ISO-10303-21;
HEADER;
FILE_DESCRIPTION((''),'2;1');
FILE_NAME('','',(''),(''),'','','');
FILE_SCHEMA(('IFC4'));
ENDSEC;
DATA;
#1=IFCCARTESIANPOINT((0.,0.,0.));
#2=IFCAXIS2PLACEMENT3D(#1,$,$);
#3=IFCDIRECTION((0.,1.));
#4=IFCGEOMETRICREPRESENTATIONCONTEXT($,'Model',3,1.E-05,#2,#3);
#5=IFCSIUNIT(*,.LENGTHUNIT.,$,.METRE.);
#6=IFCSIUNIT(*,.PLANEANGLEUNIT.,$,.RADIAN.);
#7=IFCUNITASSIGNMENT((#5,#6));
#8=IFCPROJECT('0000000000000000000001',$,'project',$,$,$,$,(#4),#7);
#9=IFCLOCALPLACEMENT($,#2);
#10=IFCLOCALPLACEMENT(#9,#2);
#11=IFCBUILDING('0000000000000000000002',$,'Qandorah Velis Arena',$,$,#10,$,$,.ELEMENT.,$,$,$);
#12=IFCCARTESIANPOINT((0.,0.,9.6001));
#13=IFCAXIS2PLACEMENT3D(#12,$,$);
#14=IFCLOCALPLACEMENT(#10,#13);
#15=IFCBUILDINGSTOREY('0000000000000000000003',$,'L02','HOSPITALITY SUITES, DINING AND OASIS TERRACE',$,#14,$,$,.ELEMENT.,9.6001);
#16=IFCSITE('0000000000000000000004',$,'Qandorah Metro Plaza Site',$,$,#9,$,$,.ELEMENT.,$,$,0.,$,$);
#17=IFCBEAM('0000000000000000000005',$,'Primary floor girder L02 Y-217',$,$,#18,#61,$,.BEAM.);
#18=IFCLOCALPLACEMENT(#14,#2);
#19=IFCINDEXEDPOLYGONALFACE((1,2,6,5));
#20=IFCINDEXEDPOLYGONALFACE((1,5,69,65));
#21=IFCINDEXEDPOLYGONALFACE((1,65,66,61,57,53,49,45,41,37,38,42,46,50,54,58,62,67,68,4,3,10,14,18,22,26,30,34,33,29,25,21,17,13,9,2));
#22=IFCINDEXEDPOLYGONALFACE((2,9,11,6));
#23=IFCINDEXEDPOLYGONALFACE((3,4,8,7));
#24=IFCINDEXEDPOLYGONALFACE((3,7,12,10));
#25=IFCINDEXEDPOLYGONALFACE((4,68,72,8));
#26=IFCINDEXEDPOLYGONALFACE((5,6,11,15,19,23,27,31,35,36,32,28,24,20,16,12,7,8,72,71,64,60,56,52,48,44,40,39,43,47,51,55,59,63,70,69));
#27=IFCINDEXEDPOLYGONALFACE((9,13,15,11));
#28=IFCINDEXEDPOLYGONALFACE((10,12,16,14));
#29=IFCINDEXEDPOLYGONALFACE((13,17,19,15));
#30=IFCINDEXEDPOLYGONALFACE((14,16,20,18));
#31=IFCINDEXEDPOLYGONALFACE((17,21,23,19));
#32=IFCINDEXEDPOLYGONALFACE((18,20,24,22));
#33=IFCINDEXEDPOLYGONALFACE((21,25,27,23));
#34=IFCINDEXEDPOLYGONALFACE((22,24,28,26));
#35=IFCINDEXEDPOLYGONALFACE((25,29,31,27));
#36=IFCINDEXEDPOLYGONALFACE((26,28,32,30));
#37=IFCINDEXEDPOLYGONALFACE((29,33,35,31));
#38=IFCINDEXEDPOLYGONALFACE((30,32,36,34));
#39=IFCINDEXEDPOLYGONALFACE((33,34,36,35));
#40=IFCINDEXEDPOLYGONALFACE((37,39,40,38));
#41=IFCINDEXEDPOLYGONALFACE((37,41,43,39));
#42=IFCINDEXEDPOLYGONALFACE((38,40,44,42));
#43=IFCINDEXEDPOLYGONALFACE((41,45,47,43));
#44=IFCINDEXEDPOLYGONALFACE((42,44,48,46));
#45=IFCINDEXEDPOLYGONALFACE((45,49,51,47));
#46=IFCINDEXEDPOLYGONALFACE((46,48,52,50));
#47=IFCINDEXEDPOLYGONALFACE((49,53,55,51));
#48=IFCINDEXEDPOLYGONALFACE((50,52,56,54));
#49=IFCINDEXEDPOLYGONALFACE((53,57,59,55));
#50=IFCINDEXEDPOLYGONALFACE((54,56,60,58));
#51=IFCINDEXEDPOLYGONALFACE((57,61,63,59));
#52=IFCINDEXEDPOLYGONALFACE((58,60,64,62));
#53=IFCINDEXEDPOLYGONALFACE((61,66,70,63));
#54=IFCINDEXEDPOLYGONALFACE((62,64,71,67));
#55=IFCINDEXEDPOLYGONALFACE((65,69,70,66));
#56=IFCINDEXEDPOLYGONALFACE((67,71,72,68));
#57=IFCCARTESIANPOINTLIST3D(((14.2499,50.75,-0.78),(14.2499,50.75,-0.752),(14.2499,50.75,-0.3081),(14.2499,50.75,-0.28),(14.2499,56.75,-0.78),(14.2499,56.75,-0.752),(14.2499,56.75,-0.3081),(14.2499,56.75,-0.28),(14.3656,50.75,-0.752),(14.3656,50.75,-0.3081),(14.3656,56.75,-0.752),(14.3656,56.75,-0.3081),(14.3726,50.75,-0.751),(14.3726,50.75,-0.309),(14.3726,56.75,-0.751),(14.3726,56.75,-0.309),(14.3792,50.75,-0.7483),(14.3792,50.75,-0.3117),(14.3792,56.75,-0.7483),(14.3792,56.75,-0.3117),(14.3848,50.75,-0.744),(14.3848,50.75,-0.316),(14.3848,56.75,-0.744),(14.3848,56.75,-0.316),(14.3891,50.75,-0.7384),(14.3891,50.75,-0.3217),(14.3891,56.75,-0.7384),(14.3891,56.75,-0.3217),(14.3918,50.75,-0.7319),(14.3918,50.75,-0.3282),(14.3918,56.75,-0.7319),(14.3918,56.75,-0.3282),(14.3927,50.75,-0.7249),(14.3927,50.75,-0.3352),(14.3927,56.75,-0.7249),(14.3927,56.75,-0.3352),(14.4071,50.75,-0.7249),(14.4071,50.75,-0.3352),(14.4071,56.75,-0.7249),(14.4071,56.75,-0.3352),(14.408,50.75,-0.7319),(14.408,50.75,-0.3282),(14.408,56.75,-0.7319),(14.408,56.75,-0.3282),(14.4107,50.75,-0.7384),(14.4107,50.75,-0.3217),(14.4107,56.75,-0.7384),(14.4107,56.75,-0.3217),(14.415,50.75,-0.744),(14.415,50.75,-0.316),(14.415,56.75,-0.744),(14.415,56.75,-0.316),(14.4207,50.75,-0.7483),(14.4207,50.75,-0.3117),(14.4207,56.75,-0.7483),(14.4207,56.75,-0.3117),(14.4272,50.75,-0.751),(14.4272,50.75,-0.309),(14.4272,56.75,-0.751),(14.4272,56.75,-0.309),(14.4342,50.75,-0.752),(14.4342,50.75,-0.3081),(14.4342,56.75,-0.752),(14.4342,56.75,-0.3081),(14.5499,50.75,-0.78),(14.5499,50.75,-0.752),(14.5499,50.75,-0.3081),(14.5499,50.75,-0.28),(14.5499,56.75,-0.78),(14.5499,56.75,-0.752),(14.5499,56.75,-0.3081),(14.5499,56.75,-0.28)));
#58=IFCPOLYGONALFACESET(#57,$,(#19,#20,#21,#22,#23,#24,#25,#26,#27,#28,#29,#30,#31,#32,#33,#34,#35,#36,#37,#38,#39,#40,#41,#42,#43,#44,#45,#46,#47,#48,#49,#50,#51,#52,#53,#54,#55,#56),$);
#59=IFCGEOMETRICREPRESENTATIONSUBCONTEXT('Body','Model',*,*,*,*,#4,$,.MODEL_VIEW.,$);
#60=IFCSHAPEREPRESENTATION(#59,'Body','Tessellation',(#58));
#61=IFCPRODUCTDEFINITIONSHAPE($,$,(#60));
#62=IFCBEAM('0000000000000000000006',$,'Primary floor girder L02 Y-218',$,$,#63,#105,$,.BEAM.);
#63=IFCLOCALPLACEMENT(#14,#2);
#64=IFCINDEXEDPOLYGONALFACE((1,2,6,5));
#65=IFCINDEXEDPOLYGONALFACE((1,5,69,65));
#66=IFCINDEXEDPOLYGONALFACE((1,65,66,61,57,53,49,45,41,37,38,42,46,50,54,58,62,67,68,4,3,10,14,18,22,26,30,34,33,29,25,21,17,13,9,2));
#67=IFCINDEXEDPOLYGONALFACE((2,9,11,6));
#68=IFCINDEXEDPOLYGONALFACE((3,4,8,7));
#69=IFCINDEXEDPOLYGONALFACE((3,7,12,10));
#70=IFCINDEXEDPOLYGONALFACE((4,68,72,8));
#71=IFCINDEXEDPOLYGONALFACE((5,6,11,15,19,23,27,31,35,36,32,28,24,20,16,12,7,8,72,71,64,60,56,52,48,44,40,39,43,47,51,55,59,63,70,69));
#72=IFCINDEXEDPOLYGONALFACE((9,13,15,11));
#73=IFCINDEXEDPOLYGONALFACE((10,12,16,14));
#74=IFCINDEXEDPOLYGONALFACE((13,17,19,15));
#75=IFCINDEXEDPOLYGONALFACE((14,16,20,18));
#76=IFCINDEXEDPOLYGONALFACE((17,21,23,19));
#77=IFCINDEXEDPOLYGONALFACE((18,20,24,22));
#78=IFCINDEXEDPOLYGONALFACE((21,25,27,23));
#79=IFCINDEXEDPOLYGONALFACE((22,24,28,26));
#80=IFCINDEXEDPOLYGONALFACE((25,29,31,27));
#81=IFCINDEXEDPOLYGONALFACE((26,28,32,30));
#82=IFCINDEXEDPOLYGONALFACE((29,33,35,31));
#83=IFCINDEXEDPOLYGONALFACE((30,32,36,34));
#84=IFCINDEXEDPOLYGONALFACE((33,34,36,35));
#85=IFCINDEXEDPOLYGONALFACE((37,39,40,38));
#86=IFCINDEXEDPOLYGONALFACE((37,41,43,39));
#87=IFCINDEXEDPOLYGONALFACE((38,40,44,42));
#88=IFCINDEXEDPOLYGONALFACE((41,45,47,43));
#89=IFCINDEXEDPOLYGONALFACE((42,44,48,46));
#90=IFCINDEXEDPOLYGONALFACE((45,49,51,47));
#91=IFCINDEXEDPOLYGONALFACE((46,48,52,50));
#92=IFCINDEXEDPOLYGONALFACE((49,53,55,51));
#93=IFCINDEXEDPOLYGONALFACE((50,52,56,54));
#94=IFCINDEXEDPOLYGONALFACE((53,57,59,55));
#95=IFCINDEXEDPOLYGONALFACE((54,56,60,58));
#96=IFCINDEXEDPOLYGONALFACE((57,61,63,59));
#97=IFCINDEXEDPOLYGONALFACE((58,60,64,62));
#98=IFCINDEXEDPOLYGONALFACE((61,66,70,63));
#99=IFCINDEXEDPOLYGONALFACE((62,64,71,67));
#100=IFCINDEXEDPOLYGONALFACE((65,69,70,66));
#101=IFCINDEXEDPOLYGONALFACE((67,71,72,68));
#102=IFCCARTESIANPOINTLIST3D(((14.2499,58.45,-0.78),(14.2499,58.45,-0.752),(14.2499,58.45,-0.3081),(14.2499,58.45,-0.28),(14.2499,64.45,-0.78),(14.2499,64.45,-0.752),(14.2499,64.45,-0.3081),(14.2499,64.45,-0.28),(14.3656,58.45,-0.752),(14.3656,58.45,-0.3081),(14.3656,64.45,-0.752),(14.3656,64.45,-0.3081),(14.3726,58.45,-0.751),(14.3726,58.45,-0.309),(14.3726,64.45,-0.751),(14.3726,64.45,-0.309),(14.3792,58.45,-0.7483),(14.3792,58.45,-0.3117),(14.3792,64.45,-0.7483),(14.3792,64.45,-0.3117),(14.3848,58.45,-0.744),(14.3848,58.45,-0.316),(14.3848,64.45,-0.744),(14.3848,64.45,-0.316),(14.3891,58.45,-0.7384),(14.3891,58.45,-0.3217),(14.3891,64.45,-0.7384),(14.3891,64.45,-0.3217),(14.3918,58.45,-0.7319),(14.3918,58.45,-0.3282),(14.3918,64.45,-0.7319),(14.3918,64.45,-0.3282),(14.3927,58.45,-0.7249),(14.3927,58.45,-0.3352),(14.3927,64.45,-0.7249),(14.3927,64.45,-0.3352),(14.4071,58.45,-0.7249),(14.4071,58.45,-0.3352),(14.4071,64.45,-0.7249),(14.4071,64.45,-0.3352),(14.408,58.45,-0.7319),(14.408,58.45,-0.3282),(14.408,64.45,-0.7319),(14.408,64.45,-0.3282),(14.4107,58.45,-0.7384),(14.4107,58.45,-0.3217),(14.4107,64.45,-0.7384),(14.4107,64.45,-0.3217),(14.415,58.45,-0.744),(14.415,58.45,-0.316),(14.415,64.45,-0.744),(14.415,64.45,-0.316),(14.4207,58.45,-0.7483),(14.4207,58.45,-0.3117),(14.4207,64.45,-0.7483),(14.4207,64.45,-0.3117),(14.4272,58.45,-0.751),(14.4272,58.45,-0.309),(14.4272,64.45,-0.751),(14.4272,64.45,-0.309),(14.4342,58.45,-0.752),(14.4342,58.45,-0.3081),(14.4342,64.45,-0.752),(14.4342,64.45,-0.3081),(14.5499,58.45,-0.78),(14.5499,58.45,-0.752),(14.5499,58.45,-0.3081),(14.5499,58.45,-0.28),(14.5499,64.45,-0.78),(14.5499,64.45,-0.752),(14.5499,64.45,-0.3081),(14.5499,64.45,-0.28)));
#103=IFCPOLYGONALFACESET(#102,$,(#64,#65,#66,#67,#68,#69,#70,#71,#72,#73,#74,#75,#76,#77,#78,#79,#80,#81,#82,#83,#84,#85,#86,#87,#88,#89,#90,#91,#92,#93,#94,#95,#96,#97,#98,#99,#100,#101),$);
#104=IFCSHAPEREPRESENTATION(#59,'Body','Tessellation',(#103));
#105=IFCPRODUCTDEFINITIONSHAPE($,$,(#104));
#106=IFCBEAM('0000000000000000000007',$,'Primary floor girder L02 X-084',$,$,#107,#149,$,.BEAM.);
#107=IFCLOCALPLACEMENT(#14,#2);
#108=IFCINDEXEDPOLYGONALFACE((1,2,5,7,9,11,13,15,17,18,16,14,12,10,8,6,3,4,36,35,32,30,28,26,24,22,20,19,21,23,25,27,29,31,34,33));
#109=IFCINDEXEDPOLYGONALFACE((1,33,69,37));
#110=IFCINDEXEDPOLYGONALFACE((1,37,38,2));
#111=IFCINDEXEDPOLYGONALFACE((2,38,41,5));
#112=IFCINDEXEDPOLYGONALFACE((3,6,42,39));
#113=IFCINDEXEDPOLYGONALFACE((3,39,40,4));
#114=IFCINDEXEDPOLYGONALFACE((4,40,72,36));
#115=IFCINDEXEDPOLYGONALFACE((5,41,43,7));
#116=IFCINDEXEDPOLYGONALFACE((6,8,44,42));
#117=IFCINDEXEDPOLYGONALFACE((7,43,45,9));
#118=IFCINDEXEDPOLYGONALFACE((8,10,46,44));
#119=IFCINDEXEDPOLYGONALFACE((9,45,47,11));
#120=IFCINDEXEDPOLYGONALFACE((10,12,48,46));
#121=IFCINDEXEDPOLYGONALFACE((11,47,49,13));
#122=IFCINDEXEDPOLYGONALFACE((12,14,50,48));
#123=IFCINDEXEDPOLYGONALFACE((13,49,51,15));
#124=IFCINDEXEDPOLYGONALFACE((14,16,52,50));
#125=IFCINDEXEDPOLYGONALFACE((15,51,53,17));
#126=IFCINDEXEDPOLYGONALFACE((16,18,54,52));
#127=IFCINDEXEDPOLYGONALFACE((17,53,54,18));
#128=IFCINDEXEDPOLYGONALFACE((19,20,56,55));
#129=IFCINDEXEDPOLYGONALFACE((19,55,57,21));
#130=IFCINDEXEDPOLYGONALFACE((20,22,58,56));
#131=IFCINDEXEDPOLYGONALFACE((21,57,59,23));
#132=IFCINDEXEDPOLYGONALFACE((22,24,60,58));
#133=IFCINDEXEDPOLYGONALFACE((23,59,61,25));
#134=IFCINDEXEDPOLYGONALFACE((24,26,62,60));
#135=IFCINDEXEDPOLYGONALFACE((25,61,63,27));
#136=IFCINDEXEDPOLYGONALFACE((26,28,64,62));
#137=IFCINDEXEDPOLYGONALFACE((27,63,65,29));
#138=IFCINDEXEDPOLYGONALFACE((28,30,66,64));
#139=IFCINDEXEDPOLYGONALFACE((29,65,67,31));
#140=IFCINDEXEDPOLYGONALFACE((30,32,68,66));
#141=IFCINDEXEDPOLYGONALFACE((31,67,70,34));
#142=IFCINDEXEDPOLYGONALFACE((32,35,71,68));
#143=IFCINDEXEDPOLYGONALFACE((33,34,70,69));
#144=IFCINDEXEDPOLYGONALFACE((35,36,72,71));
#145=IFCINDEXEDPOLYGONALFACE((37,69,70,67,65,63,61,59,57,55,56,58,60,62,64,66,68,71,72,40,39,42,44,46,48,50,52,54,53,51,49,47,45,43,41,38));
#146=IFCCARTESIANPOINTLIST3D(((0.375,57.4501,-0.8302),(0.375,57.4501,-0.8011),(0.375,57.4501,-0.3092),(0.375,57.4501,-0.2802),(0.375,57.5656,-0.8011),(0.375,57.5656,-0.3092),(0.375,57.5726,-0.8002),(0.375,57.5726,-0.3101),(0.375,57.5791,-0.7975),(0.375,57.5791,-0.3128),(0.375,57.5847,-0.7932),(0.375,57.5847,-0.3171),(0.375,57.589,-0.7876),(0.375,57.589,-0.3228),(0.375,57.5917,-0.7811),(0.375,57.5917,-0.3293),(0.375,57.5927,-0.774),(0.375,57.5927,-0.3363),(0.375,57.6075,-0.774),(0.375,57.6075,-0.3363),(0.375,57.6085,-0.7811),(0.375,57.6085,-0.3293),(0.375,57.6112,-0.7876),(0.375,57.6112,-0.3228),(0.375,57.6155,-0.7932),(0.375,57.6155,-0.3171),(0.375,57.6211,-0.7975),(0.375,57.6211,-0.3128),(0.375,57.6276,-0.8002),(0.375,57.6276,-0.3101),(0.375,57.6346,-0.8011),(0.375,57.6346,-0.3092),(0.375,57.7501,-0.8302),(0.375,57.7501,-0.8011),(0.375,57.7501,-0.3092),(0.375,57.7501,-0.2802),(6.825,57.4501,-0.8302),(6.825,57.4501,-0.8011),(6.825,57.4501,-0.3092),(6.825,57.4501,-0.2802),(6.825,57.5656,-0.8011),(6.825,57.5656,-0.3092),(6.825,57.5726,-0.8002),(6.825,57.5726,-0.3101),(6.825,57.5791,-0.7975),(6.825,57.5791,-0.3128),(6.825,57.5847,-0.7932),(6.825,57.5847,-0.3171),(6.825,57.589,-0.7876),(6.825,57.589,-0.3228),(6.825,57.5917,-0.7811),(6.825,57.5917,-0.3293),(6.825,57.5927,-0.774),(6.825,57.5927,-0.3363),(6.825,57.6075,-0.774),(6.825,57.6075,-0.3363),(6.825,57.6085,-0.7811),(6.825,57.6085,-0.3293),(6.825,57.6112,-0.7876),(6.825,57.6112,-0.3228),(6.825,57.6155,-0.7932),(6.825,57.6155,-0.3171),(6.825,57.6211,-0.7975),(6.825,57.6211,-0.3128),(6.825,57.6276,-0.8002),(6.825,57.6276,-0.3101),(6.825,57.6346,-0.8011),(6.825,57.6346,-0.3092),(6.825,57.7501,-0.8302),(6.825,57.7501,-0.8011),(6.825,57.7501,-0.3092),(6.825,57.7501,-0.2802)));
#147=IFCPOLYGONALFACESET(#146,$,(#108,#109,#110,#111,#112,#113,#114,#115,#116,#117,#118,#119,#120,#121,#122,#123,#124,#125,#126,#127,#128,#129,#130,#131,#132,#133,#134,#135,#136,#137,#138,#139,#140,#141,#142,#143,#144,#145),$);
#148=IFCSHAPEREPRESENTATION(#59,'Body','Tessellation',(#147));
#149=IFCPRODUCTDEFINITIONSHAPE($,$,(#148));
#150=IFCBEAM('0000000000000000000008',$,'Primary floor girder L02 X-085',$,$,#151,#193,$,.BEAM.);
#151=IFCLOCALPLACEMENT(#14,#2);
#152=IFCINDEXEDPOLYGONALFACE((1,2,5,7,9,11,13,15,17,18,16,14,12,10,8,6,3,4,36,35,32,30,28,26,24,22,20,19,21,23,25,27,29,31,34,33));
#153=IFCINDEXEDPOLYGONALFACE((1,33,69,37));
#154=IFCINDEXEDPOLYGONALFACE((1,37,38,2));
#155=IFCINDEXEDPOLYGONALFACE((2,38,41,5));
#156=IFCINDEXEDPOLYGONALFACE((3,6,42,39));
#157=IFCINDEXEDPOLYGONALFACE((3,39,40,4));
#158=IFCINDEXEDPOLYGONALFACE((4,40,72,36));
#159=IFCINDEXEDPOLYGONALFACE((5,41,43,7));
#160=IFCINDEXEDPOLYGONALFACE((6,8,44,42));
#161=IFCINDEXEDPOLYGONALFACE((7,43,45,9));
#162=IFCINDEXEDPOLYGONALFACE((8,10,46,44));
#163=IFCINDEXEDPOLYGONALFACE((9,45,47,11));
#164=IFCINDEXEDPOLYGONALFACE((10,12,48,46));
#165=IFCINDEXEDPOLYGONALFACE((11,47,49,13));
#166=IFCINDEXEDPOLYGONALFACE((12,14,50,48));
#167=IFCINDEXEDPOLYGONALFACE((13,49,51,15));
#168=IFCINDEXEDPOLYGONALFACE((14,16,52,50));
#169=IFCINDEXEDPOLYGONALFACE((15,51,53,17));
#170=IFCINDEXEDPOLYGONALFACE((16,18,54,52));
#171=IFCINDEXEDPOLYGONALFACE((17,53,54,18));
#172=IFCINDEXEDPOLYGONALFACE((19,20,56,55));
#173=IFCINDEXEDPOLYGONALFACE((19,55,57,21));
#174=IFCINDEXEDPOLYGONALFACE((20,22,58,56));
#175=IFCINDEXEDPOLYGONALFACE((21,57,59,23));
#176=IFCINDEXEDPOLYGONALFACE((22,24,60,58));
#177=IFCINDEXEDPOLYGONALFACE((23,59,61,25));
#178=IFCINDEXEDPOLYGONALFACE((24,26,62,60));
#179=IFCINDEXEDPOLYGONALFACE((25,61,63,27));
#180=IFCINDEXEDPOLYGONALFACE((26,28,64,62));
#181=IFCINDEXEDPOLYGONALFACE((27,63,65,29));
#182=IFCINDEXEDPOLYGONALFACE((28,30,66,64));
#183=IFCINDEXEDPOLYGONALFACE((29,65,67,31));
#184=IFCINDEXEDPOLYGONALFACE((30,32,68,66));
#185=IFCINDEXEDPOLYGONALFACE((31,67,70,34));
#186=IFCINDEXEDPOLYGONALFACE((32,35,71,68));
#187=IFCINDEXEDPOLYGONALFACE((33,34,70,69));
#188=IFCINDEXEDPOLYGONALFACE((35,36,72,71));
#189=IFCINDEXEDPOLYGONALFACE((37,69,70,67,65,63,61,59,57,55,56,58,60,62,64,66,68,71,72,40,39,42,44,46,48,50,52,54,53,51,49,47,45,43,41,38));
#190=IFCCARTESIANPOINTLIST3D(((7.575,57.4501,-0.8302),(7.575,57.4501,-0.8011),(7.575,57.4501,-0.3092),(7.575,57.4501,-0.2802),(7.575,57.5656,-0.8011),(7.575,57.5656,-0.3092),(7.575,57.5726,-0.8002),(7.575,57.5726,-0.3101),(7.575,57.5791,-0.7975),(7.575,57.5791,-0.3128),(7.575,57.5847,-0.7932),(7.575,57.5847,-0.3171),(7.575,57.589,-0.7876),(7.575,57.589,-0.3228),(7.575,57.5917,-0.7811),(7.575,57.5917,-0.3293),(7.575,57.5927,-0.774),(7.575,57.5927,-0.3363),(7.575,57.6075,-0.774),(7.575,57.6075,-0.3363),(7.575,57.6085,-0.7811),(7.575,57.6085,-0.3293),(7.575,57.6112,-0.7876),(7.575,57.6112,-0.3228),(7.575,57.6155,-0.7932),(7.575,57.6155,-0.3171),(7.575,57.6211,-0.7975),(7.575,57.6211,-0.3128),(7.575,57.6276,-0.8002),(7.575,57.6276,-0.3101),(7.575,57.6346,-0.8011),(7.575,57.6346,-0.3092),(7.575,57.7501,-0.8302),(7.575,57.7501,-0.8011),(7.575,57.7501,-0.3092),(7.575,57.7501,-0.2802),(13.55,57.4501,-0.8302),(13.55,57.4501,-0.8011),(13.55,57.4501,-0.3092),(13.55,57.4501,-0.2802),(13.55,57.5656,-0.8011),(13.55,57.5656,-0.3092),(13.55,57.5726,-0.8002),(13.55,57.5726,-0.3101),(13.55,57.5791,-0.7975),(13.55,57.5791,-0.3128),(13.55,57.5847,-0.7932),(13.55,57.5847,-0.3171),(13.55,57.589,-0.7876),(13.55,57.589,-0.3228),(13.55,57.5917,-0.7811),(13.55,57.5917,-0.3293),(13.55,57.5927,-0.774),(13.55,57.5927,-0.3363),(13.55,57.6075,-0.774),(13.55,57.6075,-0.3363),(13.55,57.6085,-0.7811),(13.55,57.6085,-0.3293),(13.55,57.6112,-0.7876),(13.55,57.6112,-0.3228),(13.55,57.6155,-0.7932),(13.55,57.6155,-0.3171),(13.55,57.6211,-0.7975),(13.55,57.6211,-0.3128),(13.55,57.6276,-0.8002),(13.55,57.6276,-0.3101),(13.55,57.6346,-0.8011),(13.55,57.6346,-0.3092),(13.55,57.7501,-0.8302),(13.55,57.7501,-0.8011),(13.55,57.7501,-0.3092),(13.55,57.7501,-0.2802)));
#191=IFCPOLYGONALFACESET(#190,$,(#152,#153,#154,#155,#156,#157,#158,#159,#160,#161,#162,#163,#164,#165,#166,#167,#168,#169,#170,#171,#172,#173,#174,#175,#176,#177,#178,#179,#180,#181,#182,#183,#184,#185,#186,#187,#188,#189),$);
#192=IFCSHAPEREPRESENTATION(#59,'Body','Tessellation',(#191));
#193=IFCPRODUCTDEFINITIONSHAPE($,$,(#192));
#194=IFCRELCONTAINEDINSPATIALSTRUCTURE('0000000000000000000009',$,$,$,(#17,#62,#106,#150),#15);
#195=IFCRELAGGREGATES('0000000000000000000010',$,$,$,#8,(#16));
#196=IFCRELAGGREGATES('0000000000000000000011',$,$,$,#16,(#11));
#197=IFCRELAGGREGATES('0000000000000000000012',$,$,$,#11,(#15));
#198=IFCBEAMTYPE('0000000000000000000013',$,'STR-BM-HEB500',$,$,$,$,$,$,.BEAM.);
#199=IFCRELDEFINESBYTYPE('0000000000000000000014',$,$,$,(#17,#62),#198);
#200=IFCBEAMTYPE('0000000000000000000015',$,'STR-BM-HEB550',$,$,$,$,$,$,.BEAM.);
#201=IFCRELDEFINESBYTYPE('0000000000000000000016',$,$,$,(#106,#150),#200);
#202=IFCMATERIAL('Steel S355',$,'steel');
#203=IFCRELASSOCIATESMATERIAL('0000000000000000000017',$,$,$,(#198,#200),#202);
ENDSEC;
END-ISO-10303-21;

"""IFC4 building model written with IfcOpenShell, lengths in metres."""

from ifc_helpers import new_model, si_unit, direction, frame, origin, origin_2d, place, context, subcontext, project, spatial, i_section, extrude, material, material_profile, profile_set, type_object, element, save


model = new_model("IFC4")

# Units and contexts
model_context = context("Model", 3, precision=1e-05, world=origin(), true_north=direction((0.0, 1.0)))
body_context = subcontext(model_context, "Body", "Model", "MODEL_VIEW")
ifc_project = project(units=[si_unit("LENGTHUNIT", "METRE"), si_unit("PLANEANGLEUNIT", "RADIAN")], contexts=[model_context])

# Site, building, storey
site_placement = place(None, origin())
site = spatial("IfcSite", under=ifc_project, at=site_placement, Name="Qandorah Metro Plaza Site", CompositionType="ELEMENT", RefElevation=0.0)
building_placement = place(site_placement, origin())
building = spatial("IfcBuilding", under=site, at=building_placement, Name="Qandorah Velis Arena", CompositionType="ELEMENT")
storey_placement = place(building_placement, frame((0.0, 0.0, 9.6001)))
storey = spatial("IfcBuildingStorey", under=building, at=storey_placement, Name="L02", Description="HOSPITALITY SUITES, DINING AND OASIS TERRACE", CompositionType="ELEMENT", Elevation=9.6001)

# Beams
ifc_material_1 = material(Name="Steel S355", Category="steel")
ifc_material_profile_1 = material_profile(ifc_material_1, i_section(OverallWidth=0.3, OverallDepth=0.5, WebThickness=0.0144, FlangeThickness=0.0281, FilletRadius=0.0271, at=origin_2d()), Name="HEB 500")
ifc_profile_set_1 = profile_set([ifc_material_profile_1], Name="Steel S355")
beam_type_1 = type_object("IfcBeamType", Name="STR-BM-HEB500", PredefinedType="BEAM", material=ifc_profile_set_1)
for number, where, z_axis, x_axis, name in (
    (1, (14.3999, 50.75, -0.53), (0.0, 1.0, 0.0), (-1.0, 0.0, 0.0), "Primary floor girder L02 Y-217"),
    (2, (14.3999, 58.45, -0.53), (0.0, 1.0, 0.0), (-1.0, 0.0, 0.0), "Primary floor girder L02 Y-218"),
):
    element("IfcBeam", number, at=place(storey_placement, frame(where, z_axis=z_axis, x_axis=x_axis)), inside=storey, type_object=beam_type_1, Name=name, PredefinedType="BEAM", context=body_context, shape_type="SweptSolid", body=[
        extrude(i_section(OverallWidth=0.3, OverallDepth=0.5, WebThickness=0.0144, FlangeThickness=0.0281, FilletRadius=0.0271, at=origin_2d()), origin(), (0.0, 0.0, 1.0), 6.0),
    ])
ifc_material_profile_2 = material_profile(ifc_material_1, i_section(OverallWidth=0.3, OverallDepth=0.55, WebThickness=0.0149, FlangeThickness=0.0291, FilletRadius=0.0271, at=origin_2d()), Name="HEB 550")
ifc_profile_set_2 = profile_set([ifc_material_profile_2], Name="Steel S355")
beam_type_2 = type_object("IfcBeamType", Name="STR-BM-HEB550", PredefinedType="BEAM", material=ifc_profile_set_2)
beam_1_placement = place(storey_placement, frame((0.375, 57.6001, -0.5552), z_axis=(1.0, 0.0, 0.0), x_axis=(0.0, 1.0, 0.0)))
element("IfcBeam", 3, at=beam_1_placement, inside=storey, type_object=beam_type_2, Name="Primary floor girder L02 X-084", PredefinedType="BEAM", context=body_context, shape_type="SweptSolid", body=[
    extrude(i_section(OverallWidth=0.3, OverallDepth=0.55, WebThickness=0.0149, FlangeThickness=0.0291, FilletRadius=0.0271, at=origin_2d()), origin(), (0.0, 0.0, 1.0), 6.45),
])
beam_2_placement = place(storey_placement, frame((7.575, 57.6001, -0.5552), z_axis=(1.0, 0.0, 0.0), x_axis=(0.0, 1.0, 0.0)))
element("IfcBeam", 4, at=beam_2_placement, inside=storey, type_object=beam_type_2, Name="Primary floor girder L02 X-085", PredefinedType="BEAM", context=body_context, shape_type="SweptSolid", body=[
    extrude(i_section(OverallWidth=0.3, OverallDepth=0.55, WebThickness=0.0149, FlangeThickness=0.0291, FilletRadius=0.0271, at=origin_2d()), origin(), (0.0, 0.0, 1.0), 5.9751),
])

save(model, "model.ifc")
